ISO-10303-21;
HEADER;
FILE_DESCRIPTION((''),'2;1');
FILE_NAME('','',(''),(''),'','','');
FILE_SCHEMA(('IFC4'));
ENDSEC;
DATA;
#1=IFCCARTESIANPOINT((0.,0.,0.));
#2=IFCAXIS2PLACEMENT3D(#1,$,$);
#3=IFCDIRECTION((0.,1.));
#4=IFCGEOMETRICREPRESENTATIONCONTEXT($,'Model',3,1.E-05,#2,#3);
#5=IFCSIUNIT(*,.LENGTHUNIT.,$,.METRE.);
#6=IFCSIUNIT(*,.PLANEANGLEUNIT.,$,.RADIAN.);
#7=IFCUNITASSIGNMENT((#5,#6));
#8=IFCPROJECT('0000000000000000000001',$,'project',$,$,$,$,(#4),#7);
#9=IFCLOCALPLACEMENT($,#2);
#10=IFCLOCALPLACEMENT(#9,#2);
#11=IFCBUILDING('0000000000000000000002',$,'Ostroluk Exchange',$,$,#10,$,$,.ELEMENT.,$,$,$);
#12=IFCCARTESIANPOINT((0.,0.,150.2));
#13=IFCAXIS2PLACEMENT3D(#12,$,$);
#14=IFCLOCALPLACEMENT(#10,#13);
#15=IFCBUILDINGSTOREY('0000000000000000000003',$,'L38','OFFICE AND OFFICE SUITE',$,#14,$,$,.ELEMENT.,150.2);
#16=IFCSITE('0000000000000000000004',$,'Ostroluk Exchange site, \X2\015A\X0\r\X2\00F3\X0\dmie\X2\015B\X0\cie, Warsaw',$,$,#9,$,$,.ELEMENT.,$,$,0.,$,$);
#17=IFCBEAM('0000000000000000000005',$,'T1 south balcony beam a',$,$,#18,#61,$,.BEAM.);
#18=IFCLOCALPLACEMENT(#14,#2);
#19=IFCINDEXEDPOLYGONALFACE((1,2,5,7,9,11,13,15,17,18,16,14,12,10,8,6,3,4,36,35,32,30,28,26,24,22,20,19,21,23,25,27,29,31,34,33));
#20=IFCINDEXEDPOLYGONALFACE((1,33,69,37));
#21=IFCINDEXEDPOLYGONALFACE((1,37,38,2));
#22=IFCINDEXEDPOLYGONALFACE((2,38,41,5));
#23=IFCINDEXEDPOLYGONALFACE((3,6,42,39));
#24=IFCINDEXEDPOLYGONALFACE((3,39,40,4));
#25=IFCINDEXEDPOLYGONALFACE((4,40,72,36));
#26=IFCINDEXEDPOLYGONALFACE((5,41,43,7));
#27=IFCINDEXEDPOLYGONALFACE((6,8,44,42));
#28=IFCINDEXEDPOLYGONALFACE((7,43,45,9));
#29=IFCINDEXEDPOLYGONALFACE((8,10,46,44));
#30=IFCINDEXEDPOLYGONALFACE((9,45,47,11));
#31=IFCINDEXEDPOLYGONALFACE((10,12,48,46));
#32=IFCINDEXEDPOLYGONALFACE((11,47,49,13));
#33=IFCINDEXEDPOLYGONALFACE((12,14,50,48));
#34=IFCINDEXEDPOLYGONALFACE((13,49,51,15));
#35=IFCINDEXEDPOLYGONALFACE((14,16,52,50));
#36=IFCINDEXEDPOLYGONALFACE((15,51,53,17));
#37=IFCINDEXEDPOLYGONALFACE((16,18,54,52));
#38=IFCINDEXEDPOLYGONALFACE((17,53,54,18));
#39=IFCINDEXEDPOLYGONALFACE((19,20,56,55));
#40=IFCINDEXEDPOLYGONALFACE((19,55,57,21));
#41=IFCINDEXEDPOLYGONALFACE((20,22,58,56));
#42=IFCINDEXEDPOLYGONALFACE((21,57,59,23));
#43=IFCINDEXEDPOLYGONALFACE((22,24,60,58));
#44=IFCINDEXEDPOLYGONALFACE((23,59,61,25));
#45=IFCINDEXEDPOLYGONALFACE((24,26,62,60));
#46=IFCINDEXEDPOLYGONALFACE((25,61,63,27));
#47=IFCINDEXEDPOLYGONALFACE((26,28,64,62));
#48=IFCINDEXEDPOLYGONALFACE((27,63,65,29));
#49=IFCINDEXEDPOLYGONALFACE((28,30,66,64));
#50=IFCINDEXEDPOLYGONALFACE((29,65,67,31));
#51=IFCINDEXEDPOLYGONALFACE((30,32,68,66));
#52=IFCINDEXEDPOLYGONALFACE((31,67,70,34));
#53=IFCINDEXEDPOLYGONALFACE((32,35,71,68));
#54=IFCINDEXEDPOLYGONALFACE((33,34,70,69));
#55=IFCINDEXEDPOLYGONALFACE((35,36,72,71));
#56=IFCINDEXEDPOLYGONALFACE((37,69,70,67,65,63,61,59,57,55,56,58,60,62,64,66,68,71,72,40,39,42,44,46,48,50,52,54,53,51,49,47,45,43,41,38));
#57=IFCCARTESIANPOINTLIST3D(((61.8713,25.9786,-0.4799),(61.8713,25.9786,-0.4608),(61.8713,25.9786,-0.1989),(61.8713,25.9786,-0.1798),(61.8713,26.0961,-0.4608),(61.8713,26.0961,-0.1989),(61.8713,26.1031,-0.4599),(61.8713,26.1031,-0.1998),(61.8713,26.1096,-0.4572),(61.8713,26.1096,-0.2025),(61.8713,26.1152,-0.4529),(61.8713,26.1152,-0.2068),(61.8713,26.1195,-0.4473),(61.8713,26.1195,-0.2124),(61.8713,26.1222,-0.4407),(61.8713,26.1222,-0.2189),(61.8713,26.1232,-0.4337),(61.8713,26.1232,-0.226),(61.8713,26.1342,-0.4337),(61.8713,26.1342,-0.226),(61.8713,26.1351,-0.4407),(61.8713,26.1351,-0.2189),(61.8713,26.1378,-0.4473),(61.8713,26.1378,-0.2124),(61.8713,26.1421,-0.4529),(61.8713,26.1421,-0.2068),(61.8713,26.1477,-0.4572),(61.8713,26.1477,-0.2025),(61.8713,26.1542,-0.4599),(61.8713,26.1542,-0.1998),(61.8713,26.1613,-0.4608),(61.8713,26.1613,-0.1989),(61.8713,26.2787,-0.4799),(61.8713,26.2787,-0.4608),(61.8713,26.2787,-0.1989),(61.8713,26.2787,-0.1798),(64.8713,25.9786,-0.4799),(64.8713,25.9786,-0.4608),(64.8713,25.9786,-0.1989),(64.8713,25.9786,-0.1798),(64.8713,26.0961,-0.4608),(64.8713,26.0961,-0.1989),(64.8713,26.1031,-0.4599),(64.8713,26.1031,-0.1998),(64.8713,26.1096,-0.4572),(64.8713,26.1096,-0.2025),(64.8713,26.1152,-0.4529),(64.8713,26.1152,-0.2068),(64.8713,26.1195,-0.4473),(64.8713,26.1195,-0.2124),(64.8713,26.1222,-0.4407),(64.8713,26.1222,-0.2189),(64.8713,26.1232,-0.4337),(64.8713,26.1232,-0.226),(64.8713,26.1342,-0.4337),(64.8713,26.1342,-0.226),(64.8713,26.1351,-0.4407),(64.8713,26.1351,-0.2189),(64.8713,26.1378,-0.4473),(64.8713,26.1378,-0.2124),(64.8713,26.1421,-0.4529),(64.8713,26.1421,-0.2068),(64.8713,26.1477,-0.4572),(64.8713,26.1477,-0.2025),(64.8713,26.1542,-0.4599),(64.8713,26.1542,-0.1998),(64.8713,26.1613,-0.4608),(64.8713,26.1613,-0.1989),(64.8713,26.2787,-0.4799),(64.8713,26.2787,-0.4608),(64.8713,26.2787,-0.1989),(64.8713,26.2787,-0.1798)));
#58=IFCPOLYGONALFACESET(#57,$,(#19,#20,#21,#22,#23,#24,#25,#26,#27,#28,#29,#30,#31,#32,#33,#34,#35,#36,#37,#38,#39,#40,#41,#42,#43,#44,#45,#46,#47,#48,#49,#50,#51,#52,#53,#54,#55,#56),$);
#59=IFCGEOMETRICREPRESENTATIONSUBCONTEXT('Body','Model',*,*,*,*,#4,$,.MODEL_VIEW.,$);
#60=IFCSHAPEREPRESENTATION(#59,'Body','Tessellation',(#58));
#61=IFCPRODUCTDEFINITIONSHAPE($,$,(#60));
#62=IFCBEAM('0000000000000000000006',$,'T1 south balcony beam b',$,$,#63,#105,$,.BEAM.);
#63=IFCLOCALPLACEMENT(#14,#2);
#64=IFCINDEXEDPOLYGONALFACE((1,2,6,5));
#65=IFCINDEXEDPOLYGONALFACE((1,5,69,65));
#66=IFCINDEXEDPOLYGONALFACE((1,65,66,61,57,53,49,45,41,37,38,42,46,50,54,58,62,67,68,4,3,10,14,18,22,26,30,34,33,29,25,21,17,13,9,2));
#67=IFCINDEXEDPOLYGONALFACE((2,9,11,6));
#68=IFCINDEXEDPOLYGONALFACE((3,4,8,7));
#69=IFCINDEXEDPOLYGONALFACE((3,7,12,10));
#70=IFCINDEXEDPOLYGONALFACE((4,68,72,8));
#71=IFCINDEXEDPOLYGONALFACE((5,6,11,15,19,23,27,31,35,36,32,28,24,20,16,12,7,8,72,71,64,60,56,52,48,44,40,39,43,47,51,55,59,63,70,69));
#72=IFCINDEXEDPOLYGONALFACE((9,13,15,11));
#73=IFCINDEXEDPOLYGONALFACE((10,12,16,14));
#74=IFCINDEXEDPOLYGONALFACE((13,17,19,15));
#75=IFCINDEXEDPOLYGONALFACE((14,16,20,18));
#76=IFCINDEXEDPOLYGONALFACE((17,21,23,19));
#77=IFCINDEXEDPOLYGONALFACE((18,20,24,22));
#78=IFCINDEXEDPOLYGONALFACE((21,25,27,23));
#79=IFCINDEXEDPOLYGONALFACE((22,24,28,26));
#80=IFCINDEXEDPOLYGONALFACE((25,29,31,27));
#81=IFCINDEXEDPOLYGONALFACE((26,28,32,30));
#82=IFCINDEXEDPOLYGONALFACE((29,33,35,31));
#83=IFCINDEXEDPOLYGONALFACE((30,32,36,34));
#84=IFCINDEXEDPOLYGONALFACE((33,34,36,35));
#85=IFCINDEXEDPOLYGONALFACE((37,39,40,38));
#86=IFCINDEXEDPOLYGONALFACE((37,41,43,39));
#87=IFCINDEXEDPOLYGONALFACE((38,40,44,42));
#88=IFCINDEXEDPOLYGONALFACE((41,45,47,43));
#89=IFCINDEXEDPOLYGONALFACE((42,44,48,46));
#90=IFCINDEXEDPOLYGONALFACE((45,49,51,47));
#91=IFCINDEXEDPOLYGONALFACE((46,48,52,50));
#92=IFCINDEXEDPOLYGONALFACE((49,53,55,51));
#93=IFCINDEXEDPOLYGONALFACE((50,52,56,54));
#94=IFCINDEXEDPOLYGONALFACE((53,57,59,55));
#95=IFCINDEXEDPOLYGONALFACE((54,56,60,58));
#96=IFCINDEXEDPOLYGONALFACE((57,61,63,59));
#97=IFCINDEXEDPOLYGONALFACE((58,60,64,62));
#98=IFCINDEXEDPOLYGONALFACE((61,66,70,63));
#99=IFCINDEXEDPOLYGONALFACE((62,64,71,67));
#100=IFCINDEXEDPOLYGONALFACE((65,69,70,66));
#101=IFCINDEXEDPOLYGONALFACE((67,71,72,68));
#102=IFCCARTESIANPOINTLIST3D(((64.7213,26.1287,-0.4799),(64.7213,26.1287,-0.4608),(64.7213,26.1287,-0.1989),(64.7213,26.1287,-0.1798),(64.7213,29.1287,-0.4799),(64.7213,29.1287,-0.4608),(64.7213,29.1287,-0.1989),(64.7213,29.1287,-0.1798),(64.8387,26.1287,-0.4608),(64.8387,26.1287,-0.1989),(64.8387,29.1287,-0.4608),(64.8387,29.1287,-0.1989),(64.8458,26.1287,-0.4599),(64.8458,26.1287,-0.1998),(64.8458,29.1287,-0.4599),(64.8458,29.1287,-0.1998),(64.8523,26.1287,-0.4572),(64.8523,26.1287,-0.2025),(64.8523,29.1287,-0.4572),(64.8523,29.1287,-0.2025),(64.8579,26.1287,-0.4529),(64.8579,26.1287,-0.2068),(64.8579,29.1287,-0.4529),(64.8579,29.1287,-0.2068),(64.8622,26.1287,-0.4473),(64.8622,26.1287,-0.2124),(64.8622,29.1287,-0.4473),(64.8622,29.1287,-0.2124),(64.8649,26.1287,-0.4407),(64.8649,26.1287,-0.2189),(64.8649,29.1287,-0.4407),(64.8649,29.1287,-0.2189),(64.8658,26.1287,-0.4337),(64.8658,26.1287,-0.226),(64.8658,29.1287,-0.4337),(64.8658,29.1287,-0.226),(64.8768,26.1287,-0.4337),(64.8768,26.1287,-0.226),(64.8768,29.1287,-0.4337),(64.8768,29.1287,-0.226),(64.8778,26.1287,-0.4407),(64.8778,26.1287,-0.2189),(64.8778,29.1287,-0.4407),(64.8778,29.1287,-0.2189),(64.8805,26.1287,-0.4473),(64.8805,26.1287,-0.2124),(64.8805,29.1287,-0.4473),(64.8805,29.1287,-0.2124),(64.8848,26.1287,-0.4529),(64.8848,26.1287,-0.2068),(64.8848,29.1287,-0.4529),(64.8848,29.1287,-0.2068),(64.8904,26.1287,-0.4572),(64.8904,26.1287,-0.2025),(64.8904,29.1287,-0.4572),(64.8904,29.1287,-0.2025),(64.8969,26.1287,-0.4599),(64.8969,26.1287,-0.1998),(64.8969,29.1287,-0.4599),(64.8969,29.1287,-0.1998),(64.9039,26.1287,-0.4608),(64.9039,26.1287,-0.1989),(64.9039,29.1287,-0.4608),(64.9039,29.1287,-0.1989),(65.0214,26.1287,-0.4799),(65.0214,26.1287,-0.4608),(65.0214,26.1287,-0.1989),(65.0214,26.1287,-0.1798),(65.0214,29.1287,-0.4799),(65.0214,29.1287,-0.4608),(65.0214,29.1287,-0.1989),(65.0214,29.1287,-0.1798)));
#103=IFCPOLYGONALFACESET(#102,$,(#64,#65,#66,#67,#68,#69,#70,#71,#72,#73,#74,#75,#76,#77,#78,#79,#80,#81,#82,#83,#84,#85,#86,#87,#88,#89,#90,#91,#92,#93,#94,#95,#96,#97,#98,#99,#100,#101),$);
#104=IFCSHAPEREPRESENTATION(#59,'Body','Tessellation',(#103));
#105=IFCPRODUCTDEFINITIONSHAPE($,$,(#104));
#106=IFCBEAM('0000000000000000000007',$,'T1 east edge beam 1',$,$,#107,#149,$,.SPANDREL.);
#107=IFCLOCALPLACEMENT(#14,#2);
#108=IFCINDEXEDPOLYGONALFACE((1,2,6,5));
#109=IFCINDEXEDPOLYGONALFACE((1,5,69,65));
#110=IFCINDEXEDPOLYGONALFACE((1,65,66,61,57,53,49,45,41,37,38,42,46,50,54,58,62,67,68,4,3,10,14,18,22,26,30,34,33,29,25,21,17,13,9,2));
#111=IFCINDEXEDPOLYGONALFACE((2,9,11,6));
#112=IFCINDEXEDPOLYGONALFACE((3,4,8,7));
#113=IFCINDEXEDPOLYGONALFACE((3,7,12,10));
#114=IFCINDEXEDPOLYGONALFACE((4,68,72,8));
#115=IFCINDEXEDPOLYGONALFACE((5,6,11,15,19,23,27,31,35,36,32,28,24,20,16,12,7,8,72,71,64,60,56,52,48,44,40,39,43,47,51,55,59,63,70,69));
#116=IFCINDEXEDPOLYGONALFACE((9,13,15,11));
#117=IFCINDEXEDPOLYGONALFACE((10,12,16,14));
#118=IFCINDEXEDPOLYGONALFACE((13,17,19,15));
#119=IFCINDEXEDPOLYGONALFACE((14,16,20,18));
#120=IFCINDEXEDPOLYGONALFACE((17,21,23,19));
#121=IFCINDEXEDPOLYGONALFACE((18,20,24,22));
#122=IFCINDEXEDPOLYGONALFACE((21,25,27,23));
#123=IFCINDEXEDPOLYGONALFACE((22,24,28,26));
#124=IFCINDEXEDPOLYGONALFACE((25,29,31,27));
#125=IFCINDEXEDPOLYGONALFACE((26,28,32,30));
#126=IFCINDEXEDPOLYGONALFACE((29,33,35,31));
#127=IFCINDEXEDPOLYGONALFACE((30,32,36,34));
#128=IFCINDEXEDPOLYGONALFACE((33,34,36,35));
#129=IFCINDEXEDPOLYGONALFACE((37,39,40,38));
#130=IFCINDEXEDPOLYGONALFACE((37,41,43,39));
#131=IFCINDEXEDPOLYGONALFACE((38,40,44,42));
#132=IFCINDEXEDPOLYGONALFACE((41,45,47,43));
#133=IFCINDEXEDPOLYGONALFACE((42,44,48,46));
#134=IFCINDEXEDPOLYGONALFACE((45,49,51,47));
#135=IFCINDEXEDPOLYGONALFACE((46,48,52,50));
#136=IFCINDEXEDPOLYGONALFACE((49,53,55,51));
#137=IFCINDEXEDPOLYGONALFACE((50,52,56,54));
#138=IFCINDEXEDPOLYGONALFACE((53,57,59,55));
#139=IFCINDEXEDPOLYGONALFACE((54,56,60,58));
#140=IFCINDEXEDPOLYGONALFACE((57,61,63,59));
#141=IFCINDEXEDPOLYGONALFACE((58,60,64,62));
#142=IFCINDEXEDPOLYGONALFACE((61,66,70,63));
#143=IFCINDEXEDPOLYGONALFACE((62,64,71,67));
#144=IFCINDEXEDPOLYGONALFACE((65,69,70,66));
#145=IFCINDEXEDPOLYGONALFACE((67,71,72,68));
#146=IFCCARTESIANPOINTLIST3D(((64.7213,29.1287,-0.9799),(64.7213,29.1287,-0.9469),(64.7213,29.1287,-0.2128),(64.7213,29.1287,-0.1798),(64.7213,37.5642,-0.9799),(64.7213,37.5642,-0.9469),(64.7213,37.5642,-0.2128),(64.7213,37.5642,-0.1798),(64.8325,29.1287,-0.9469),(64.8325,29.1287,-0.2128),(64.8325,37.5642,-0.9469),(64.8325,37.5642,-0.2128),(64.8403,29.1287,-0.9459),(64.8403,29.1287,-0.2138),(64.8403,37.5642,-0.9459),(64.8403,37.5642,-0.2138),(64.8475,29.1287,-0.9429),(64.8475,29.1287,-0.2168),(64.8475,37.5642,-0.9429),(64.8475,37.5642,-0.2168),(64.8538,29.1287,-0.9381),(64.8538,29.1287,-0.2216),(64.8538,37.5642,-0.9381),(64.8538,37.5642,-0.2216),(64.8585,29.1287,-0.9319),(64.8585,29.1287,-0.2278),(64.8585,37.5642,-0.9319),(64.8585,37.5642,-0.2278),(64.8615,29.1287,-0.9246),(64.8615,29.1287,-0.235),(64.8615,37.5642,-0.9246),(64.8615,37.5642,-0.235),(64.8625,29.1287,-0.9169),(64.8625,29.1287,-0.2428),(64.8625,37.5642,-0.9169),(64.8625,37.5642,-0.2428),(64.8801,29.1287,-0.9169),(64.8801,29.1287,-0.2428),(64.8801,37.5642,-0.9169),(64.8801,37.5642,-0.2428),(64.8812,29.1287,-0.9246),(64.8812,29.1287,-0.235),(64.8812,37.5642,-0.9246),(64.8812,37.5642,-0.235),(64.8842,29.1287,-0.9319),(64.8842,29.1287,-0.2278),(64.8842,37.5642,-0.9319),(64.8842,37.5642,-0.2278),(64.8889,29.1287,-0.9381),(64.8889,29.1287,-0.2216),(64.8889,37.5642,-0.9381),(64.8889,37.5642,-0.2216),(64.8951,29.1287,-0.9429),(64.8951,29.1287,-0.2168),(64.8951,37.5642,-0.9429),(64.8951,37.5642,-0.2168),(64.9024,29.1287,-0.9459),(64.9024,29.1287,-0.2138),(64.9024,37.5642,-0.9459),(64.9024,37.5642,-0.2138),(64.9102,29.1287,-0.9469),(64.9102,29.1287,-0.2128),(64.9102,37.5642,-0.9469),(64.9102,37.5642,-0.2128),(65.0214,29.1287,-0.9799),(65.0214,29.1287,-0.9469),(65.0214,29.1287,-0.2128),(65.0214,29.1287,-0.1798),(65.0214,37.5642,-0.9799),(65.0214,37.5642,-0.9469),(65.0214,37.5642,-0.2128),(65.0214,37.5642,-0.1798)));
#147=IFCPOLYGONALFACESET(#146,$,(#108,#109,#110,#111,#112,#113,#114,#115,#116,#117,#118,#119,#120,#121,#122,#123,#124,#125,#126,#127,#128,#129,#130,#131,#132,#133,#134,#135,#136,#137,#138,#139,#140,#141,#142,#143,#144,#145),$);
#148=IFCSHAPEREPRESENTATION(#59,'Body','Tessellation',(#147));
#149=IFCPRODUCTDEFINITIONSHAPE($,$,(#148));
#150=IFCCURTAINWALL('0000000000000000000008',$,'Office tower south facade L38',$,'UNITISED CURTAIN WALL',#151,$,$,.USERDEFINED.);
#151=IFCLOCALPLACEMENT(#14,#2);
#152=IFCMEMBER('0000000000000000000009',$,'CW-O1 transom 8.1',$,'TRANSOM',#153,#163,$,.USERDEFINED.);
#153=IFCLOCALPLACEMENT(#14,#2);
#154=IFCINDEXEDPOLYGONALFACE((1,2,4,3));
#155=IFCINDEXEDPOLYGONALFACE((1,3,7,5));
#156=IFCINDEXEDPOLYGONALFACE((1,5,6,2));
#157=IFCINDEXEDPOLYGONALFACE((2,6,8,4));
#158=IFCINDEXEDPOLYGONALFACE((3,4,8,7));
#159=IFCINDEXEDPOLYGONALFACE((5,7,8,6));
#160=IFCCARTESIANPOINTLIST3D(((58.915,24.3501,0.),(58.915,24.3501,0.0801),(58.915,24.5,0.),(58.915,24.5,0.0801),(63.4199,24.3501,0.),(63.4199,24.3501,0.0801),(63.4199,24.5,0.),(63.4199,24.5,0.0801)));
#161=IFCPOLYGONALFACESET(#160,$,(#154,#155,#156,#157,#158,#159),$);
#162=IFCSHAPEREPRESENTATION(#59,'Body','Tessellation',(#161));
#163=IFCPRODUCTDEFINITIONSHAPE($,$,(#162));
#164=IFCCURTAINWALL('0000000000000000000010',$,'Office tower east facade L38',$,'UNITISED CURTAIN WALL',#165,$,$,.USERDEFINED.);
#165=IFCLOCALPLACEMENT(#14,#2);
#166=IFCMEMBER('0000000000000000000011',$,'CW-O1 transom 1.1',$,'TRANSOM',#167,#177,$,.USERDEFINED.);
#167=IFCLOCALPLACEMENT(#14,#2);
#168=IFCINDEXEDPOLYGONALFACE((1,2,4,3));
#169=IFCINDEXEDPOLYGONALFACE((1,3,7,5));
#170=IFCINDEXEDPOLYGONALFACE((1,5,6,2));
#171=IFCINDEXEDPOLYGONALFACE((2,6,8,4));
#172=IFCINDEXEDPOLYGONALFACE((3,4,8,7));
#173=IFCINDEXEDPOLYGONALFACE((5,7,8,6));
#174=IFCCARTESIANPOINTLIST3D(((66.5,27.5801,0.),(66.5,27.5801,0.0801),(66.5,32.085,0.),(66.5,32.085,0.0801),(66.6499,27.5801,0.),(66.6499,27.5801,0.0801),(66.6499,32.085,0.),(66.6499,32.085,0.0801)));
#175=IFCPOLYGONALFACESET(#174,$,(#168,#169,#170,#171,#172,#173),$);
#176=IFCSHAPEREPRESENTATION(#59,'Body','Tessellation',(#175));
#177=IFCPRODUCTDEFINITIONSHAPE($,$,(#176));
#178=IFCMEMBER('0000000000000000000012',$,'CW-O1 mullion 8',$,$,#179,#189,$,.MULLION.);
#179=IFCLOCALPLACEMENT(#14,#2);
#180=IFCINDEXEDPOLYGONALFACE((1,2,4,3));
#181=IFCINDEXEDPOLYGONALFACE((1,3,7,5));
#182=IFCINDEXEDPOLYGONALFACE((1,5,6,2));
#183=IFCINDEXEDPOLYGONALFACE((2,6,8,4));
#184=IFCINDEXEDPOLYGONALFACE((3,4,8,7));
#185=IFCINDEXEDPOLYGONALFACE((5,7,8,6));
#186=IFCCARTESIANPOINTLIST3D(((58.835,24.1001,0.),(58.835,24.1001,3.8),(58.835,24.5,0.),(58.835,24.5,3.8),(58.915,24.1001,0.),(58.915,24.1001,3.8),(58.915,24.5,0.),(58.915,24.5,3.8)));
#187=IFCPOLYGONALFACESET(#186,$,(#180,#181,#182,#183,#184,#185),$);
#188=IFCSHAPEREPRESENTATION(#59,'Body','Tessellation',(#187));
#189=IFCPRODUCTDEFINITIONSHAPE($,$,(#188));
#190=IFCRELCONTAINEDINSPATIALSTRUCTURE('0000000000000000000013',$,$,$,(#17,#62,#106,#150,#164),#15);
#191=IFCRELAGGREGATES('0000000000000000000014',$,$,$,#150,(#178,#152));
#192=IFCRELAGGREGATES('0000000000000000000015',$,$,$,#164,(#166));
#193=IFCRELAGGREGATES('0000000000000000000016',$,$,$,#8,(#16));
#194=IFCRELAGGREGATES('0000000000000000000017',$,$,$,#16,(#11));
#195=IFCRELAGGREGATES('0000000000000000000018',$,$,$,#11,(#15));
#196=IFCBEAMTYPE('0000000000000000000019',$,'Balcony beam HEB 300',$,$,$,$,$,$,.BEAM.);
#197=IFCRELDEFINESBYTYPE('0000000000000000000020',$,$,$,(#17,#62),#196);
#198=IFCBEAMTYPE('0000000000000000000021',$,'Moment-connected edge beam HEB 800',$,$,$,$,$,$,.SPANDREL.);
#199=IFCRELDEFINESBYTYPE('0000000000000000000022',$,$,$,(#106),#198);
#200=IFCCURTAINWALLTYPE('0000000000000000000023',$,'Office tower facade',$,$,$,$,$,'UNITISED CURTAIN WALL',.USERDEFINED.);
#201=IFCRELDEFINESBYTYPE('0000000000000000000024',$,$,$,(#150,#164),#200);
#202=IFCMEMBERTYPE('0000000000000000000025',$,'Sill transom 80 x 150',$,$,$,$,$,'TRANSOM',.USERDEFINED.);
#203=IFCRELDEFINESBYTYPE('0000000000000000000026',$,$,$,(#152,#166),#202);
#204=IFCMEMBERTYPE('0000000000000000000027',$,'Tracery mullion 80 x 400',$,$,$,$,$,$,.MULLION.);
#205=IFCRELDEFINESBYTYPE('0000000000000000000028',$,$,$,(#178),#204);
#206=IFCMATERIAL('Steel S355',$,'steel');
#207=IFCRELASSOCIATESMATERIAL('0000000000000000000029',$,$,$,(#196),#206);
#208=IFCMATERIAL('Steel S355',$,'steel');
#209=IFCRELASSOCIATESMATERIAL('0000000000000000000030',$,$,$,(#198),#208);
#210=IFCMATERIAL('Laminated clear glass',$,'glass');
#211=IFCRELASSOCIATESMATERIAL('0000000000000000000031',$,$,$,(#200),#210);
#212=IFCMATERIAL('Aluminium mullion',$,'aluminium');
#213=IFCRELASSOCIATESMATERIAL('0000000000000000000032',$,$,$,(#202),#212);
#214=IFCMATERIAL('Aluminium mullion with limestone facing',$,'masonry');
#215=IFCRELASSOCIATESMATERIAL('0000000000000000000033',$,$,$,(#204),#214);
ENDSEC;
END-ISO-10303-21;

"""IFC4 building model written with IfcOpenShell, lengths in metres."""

from ifc_helpers import new_model, si_unit, direction, frame, origin, origin_2d, place, context, subcontext, project, spatial, rectangle, i_section, extrude, material, material_profile, profile_set, type_object, element, aggregate, save


model = new_model("IFC4")

# Units and contexts
model_context = context("Model", 3, precision=1e-05, world=origin(), true_north=direction((0.0, 1.0)))
body_context = subcontext(model_context, "Body", "Model", "MODEL_VIEW")
ifc_project = project(units=[si_unit("LENGTHUNIT", "METRE"), si_unit("PLANEANGLEUNIT", "RADIAN")], contexts=[model_context])

# Site, building, storey
site_placement = place(None, origin())
site = spatial("IfcSite", under=ifc_project, at=site_placement, Name="Ostroluk Exchange site, Śródmieście, Warsaw", CompositionType="ELEMENT", RefElevation=0.0)
building_placement = place(site_placement, origin())
building = spatial("IfcBuilding", under=site, at=building_placement, Name="Ostroluk Exchange", CompositionType="ELEMENT")
storey_placement = place(building_placement, frame((0.0, 0.0, 150.2)))
storey = spatial("IfcBuildingStorey", under=building, at=storey_placement, Name="L38", Description="OFFICE AND OFFICE SUITE", CompositionType="ELEMENT", Elevation=150.2)

# Beams
ifc_material_1 = material(Name="Steel S355", Category="steel")
ifc_material_profile_1 = material_profile(ifc_material_1, i_section(OverallWidth=0.3, OverallDepth=0.3, WebThickness=0.011, FlangeThickness=0.019, FilletRadius=0.0271, at=origin_2d()), Name="HEB 300")
ifc_profile_set_1 = profile_set([ifc_material_profile_1], Name="Steel S355")
beam_type_1 = type_object("IfcBeamType", Name="Balcony beam HEB 300", PredefinedType="BEAM", material=ifc_profile_set_1)
for number, where, z_axis, x_axis, name in (
    (1, (61.8713, 26.1287, -0.3298), (1.0, 0.0, 0.0), (0.0, 1.0, 0.0), "T1 south balcony beam a"),
    (2, (64.8713, 29.1287, -0.3298), (0.0, -1.0, 0.0), (1.0, 0.0, 0.0), "T1 south balcony beam b"),
):
    element("IfcBeam", number, at=place(storey_placement, frame(where, z_axis=z_axis, x_axis=x_axis)), inside=storey, type_object=beam_type_1, Name=name, PredefinedType="BEAM", context=body_context, shape_type="SweptSolid", body=[
        extrude(i_section(OverallWidth=0.3, OverallDepth=0.3, WebThickness=0.011, FlangeThickness=0.019, FilletRadius=0.0271, at=origin_2d()), origin(), (0.0, 0.0, 1.0), 3.0),
    ])
ifc_material_2 = material(Name="Steel S355", Category="steel")
ifc_material_profile_2 = material_profile(ifc_material_2, i_section(OverallWidth=0.3, OverallDepth=0.8, WebThickness=0.0176, FlangeThickness=0.033, FilletRadius=0.03, at=origin_2d()), Name="HEB 800")
ifc_profile_set_2 = profile_set([ifc_material_profile_2], Name="Steel S355")
beam_type_2 = type_object("IfcBeamType", Name="Moment-connected edge beam HEB 800", PredefinedType="SPANDREL", material=ifc_profile_set_2)
beam_placement = place(storey_placement, frame((64.8713, 29.1287, -0.5798), z_axis=(0.0, 1.0, 0.0), x_axis=(-1.0, 0.0, 0.0)))
element("IfcBeam", 3, at=beam_placement, inside=storey, type_object=beam_type_2, Name="T1 east edge beam 1", PredefinedType="SPANDREL", context=body_context, shape_type="SweptSolid", body=[
    extrude(i_section(OverallWidth=0.3, OverallDepth=0.8, WebThickness=0.0176, FlangeThickness=0.033, FilletRadius=0.03, at=origin_2d()), origin(), (0.0, 0.0, 1.0), 8.4355),
])

# Curtain walls, members
ifc_material_3 = material(Name="Laminated clear glass", Category="glass")
curtain_wall_type = type_object("IfcCurtainWallType", Name="Office tower facade", ElementType="UNITISED CURTAIN WALL", PredefinedType="USERDEFINED", material=ifc_material_3)
curtain_wall_1_placement = place(storey_placement, origin())
curtain_wall_1 = element("IfcCurtainWall", 4, at=curtain_wall_1_placement, inside=storey, type_object=curtain_wall_type, Name="Office tower south facade L38", ObjectType="UNITISED CURTAIN WALL", PredefinedType="USERDEFINED")
ifc_material_4 = material(Name="Aluminium mullion", Category="aluminium")
ifc_material_profile_3 = material_profile(ifc_material_4, rectangle(XDim=0.1499, YDim=0.0801, at=origin_2d()), Name="Sill transom 80 x 150")
ifc_profile_set_3 = profile_set([ifc_material_profile_3], Name="Aluminium mullion")
member_type_1 = type_object("IfcMemberType", Name="Sill transom 80 x 150", ElementType="TRANSOM", PredefinedType="USERDEFINED", material=ifc_profile_set_3)
member_1_placement = place(storey_placement, frame((58.915, 24.425, 0.04), z_axis=(1.0, 0.0, 0.0), x_axis=(0.0, 1.0, 0.0)))
member_1 = element("IfcMember", 5, at=member_1_placement, type_object=member_type_1, Name="CW-O1 transom 8.1", ObjectType="TRANSOM", PredefinedType="USERDEFINED", context=body_context, shape_type="SweptSolid", body=[
    extrude(rectangle(XDim=0.1499, YDim=0.0801, at=origin_2d()), origin(), (0.0, 0.0, 1.0), 4.5049),
])
curtain_wall_2_placement = place(storey_placement, origin())
curtain_wall_2 = element("IfcCurtainWall", 6, at=curtain_wall_2_placement, inside=storey, type_object=curtain_wall_type, Name="Office tower east facade L38", ObjectType="UNITISED CURTAIN WALL", PredefinedType="USERDEFINED")
member_2_placement = place(storey_placement, frame((66.575, 27.5801, 0.04), z_axis=(0.0, 1.0, 0.0), x_axis=(-1.0, 0.0, 0.0)))
member_2 = element("IfcMember", 7, at=member_2_placement, type_object=member_type_1, Name="CW-O1 transom 1.1", ObjectType="TRANSOM", PredefinedType="USERDEFINED", context=body_context, shape_type="SweptSolid", body=[
    extrude(rectangle(XDim=0.1499, YDim=0.0801, at=origin_2d()), origin(), (0.0, 0.0, 1.0), 4.5049),
])

# Member
ifc_material_5 = material(Name="Aluminium mullion with limestone facing", Category="masonry")
ifc_material_profile_4 = material_profile(ifc_material_5, rectangle(XDim=0.3999, YDim=0.0801, at=origin_2d()), Name="Tracery mullion 80 x 400")
ifc_profile_set_4 = profile_set([ifc_material_profile_4], Name="Aluminium mullion with limestone facing")
member_type_2 = type_object("IfcMemberType", Name="Tracery mullion 80 x 400", PredefinedType="MULLION", material=ifc_profile_set_4)
member_3_placement = place(storey_placement, frame((58.875, 24.3, 0.0), z_axis=(0.0, 0.0, 1.0), x_axis=(0.0, 1.0, 0.0)))
member_3 = element("IfcMember", 8, at=member_3_placement, type_object=member_type_2, Name="CW-O1 mullion 8", PredefinedType="MULLION", context=body_context, shape_type="SweptSolid", body=[
    extrude(rectangle(XDim=0.3999, YDim=0.0801, at=origin_2d()), origin(), (0.0, 0.0, 1.0), 3.8),
])

aggregate(curtain_wall_1, [member_3, member_1])
aggregate(curtain_wall_2, [member_2])

save(model, "model.ifc")
